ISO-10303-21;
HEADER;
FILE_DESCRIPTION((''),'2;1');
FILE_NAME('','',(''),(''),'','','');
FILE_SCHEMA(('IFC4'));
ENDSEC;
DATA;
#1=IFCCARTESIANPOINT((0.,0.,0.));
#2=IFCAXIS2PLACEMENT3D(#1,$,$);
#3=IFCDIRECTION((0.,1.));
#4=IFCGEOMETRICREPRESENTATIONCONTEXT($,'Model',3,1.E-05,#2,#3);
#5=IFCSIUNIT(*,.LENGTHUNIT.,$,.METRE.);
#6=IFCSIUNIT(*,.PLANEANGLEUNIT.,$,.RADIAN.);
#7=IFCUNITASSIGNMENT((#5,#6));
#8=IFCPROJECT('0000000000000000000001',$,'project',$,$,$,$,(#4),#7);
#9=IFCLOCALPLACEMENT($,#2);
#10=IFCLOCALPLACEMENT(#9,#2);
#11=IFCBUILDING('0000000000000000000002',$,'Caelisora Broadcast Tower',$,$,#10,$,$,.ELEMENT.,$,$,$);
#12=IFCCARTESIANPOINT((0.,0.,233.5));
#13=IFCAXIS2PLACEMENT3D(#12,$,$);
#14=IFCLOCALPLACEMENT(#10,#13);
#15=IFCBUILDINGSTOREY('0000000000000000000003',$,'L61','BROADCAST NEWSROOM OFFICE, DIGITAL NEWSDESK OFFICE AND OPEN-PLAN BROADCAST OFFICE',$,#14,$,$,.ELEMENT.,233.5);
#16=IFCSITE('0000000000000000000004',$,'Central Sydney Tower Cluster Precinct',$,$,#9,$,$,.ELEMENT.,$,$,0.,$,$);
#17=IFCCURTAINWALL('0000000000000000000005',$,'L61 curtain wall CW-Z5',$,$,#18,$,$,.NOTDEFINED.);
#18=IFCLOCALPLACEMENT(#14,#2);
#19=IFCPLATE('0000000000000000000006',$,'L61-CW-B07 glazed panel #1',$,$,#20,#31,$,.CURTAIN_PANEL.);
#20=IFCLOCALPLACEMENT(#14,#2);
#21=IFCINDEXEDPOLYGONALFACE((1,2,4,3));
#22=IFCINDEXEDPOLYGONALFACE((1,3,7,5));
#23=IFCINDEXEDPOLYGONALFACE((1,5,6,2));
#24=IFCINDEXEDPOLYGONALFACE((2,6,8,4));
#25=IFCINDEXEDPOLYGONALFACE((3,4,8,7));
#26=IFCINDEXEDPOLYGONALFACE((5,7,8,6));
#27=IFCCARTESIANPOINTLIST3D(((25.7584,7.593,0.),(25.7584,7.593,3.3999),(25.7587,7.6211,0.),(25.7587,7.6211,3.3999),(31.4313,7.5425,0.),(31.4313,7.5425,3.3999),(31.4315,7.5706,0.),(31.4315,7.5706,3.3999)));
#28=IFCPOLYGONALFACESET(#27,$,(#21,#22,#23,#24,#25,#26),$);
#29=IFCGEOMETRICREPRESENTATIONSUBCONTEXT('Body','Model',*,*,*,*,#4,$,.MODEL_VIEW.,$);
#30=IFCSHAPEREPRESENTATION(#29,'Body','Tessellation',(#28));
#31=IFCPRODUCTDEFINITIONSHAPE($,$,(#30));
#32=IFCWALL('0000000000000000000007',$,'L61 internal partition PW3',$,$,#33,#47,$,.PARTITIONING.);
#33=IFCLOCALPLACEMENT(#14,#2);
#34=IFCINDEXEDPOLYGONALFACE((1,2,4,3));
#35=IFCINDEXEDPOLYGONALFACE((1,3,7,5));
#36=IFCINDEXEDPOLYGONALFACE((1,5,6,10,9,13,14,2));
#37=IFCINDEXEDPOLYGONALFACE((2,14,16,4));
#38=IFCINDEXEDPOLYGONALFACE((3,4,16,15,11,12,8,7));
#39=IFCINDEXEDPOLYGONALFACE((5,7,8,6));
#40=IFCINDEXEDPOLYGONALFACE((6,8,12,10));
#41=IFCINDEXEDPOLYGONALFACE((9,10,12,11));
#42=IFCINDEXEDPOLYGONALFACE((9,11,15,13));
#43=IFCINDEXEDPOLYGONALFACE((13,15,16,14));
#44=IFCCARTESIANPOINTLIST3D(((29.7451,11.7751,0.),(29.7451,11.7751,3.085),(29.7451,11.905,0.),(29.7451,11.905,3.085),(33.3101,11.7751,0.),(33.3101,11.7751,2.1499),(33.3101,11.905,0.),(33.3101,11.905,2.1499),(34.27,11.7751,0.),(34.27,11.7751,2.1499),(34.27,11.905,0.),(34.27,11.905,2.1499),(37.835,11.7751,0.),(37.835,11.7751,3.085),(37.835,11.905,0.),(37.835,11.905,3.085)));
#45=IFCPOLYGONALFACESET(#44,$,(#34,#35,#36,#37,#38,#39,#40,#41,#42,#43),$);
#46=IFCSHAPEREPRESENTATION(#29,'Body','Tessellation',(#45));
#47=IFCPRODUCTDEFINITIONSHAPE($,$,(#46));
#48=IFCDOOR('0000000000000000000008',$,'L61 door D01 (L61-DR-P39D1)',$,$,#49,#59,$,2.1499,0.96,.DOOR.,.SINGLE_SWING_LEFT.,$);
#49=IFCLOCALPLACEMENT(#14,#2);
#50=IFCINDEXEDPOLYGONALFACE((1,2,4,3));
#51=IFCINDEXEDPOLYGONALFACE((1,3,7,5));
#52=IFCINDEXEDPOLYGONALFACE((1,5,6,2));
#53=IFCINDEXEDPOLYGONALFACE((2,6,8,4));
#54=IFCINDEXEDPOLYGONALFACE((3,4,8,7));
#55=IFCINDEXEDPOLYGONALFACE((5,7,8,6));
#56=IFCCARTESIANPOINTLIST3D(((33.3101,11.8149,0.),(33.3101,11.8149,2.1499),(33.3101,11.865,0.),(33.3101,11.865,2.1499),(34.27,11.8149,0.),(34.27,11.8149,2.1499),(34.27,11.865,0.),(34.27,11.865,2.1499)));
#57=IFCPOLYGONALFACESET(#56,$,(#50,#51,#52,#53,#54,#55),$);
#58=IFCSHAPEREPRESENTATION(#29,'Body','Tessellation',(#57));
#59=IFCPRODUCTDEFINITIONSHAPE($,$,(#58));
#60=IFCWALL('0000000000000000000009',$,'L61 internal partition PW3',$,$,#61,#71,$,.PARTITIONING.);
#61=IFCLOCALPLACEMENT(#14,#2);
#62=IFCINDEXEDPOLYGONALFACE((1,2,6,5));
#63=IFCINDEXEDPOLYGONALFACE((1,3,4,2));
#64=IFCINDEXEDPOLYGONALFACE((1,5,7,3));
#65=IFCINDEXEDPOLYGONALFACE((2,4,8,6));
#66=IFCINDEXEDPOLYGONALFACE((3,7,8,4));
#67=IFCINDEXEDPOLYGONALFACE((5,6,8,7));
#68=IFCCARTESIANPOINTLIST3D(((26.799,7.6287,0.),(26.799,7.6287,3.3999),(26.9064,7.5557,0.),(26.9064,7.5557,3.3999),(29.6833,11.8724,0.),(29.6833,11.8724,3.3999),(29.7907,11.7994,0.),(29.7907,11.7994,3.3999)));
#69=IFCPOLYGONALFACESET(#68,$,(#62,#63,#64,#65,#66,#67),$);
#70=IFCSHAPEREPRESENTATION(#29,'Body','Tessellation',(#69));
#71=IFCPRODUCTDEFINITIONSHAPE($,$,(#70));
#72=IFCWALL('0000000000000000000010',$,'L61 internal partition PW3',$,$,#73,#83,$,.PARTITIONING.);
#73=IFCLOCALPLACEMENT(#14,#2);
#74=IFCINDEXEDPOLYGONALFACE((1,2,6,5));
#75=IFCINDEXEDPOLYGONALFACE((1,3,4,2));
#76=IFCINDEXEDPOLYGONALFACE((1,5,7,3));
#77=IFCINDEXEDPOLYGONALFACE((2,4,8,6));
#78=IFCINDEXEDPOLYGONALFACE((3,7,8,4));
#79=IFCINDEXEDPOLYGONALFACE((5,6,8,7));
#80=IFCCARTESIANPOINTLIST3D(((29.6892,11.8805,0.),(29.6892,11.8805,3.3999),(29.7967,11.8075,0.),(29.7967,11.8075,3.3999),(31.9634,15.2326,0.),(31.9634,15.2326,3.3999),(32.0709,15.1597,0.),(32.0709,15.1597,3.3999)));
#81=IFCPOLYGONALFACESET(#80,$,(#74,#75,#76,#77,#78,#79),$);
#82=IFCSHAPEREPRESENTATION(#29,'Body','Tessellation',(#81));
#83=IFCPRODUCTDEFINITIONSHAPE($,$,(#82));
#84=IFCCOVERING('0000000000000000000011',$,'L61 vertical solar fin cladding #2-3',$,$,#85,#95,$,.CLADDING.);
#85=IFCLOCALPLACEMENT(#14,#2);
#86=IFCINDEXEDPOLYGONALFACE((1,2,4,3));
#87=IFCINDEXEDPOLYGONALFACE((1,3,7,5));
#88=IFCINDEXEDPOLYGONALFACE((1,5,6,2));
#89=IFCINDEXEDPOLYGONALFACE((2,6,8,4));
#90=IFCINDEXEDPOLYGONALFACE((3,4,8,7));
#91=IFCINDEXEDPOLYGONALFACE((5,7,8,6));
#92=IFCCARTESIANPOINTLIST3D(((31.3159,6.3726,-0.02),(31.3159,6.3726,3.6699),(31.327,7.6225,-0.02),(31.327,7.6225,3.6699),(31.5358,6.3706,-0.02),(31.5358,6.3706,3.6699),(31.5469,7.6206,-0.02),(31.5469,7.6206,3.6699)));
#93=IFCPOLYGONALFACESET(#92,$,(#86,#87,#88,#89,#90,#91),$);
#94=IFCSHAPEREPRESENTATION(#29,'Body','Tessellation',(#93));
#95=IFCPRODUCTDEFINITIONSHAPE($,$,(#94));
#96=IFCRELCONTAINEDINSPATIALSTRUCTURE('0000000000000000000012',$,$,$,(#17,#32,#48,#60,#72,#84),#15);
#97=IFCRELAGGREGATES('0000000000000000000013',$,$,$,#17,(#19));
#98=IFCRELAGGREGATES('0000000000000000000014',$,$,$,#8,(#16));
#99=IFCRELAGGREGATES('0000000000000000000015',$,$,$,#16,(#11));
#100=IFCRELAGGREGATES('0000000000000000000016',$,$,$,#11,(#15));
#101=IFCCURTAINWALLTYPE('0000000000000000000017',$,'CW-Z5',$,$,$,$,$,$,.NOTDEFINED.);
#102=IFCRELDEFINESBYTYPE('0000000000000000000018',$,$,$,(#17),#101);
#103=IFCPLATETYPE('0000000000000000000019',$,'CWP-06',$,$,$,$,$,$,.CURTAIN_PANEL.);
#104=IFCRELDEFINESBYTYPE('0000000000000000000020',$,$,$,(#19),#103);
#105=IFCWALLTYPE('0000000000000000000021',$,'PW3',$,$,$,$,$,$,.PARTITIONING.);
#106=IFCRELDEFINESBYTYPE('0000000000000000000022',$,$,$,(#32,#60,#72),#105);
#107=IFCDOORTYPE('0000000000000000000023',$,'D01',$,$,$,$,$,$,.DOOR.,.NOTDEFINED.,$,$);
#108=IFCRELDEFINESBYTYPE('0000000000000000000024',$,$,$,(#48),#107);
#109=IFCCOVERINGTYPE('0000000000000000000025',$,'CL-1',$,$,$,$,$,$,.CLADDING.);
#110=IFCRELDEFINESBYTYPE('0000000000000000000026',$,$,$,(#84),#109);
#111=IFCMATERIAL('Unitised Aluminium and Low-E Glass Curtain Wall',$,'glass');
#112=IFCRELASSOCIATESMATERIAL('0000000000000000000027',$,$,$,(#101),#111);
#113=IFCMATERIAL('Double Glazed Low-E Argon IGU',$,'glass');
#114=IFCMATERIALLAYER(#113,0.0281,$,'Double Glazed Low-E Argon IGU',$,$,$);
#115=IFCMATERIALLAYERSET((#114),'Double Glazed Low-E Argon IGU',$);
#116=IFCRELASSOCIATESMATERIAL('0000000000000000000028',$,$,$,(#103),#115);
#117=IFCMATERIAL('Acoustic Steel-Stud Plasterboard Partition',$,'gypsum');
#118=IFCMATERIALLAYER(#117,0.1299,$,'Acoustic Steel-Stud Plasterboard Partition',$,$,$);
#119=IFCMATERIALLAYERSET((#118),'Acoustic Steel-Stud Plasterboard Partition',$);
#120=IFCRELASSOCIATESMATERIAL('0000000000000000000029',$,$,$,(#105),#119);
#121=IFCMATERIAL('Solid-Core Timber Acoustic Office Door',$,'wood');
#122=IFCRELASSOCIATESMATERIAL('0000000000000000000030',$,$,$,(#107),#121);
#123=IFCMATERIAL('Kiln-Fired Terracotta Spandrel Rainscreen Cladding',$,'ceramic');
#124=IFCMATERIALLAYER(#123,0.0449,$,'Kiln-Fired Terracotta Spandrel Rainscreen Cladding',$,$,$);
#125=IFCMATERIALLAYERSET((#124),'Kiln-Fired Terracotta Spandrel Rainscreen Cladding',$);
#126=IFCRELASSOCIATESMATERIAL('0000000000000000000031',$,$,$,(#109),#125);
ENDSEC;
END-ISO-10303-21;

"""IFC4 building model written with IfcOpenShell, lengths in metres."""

from ifc_helpers import new_model, si_unit, direction, frame, frame_2d, origin, origin_2d, place, context, subcontext, project, spatial, rectangle, extrude, source, transform, mapped, material, layer, layer_set, type_object, type_shapes, element, fill, aggregate, save


model = new_model("IFC4")

# Units and contexts
model_context = context("Model", 3, precision=1e-05, world=origin(), true_north=direction((0.0, 1.0)))
body_context = subcontext(model_context, "Body", "Model", "MODEL_VIEW")
ifc_project = project(units=[si_unit("LENGTHUNIT", "METRE"), si_unit("PLANEANGLEUNIT", "RADIAN")], contexts=[model_context])

# Site, building, storey
site_placement = place(None, origin())
site = spatial("IfcSite", under=ifc_project, at=site_placement, Name="Central Sydney Tower Cluster Precinct", CompositionType="ELEMENT", RefElevation=0.0)
building_placement = place(site_placement, origin())
building = spatial("IfcBuilding", under=site, at=building_placement, Name="Caelisora Broadcast Tower", CompositionType="ELEMENT")
storey_placement = place(building_placement, frame((0.0, 0.0, 233.5)))
storey = spatial("IfcBuildingStorey", under=building, at=storey_placement, Name="L61", Description="BROADCAST NEWSROOM OFFICE, DIGITAL NEWSDESK OFFICE AND OPEN-PLAN BROADCAST OFFICE", CompositionType="ELEMENT", Elevation=233.5)

# Curtain wall
ifc_material_1 = material(Name="Unitised Aluminium and Low-E Glass Curtain Wall", Category="glass")
curtain_wall_type_1 = type_object("IfcCurtainWallType", Name="CW-Z5", PredefinedType="NOTDEFINED", material=ifc_material_1)
curtain_wall_1_placement = place(storey_placement, origin())
curtain_wall_1 = element("IfcCurtainWall", 1, at=curtain_wall_1_placement, inside=storey, type_object=curtain_wall_type_1, Name="L61 curtain wall CW-Z5", PredefinedType="NOTDEFINED")

# Plate
ifc_material_2 = material(Name="Double Glazed Low-E Argon IGU", Category="glass")
ifc_layer_1 = layer(ifc_material_2, 0.0281, Name="Double Glazed Low-E Argon IGU")
ifc_layer_set_1 = layer_set([ifc_layer_1], Name="Double Glazed Low-E Argon IGU")
plate_type_1 = type_object("IfcPlateType", Name="CWP-06", PredefinedType="CURTAIN_PANEL", material=ifc_layer_set_1)
shared_shape_1 = source(origin(), body_context, "Body", "SweptSolid", [
    extrude(rectangle(XDim=5.6731, YDim=0.0281, at=origin_2d()), origin(), (0.0, 0.0, 1.0), 3.3999),
])
type_shapes(plate_type_1, [shared_shape_1])
plate_1_placement = place(storey_placement, frame((28.595, 7.5818, 0.0), z_axis=(0.0, 0.0, 1.0), x_axis=(-0.99996, 0.008901, 0.0)))
plate_1 = element("IfcPlate", 2, at=plate_1_placement, type_object=plate_type_1, Name="L61-CW-B07 glazed panel #1", PredefinedType="CURTAIN_PANEL", context=body_context, shape_type="MappedRepresentation", body=[
    mapped(shared_shape_1, transform((0.0, 0.0, 0.0), scale=1.0)),
])
aggregate(curtain_wall_1, [plate_1])

# Wall, opening, door
ifc_material_3 = material(Name="Acoustic Steel-Stud Plasterboard Partition", Category="gypsum")
ifc_layer_2 = layer(ifc_material_3, 0.1299, Name="Acoustic Steel-Stud Plasterboard Partition")
ifc_layer_set_2 = layer_set([ifc_layer_2], Name="Acoustic Steel-Stud Plasterboard Partition")
wall_type = type_object("IfcWallType", Name="PW3", PredefinedType="PARTITIONING", material=ifc_layer_set_2)
wall_1_placement = place(storey_placement, frame((29.7451, 11.8401, 0.0), z_axis=(0.0, 0.0, 1.0), x_axis=(1.0, 0.0, 0.0)))
wall_1 = element("IfcWall", 3, at=wall_1_placement, inside=storey, type_object=wall_type, Name="L61 internal partition PW3", PredefinedType="PARTITIONING", context=body_context, shape_type="SweptSolid", body=[
    extrude(rectangle(XDim=8.0898, YDim=0.1299, at=frame_2d((4.0449, 0.0))), origin(), (0.0, 0.0, 1.0), 3.085),
])
opening_placement = place(wall_1_placement, frame((3.5649, 0.0, 0.0)))
opening = element("IfcOpeningElement", 4, at=opening_placement, cuts=wall_1, PredefinedType="OPENING", context=body_context, shape_type="SweptSolid", body=[
    extrude(rectangle(XDim=0.96, YDim=2.1499, at=frame_2d((0.48, 1.075))), frame((0.0, 0.0769, 0.0), z_axis=(0.0, -1.0, 0.0), x_axis=(1.0, 0.0, 0.0)), (0.0, 0.0, 1.0), 0.1538),
])
ifc_material_4 = material(Name="Solid-Core Timber Acoustic Office Door", Category="wood")
door_type = type_object("IfcDoorType", Name="D01", OperationType="NOTDEFINED", PredefinedType="DOOR", material=ifc_material_4)
door_placement = place(opening_placement, origin())
door = element("IfcDoor", 5, at=door_placement, inside=storey, type_object=door_type, Name="L61 door D01 (L61-DR-P39D1)", OperationType="SINGLE_SWING_LEFT", OverallHeight=2.1499, OverallWidth=0.96, PredefinedType="DOOR", context=body_context, shape_type="SweptSolid", body=[
    extrude(rectangle(XDim=0.96, YDim=2.1499, at=frame_2d((0.48, 1.075))), frame((0.0, 0.0249, 0.0), z_axis=(0.0, -1.0, 0.0), x_axis=(1.0, 0.0, 0.0)), (0.0, 0.0, 1.0), 0.05),
])
fill(opening, door)

# Walls
wall_2_placement = place(storey_placement, frame((26.8528, 7.5923, 0.0), z_axis=(0.0, 0.0, 1.0), x_axis=(0.562123, 0.827054, 0.0)))
element("IfcWall", 6, at=wall_2_placement, inside=storey, type_object=wall_type, Name="L61 internal partition PW3", PredefinedType="PARTITIONING", context=body_context, shape_type="SweptSolid", body=[
    extrude(rectangle(XDim=5.1311, YDim=0.1299, at=frame_2d((2.5654, 0.0))), origin(), (0.0, 0.0, 1.0), 3.3999),
])
wall_3_placement = place(storey_placement, frame((29.7429, 11.844, 0.0), z_axis=(0.0, 0.0, 1.0), x_axis=(0.561428, 0.827526, 0.0)))
element("IfcWall", 7, at=wall_3_placement, inside=storey, type_object=wall_type, Name="L61 internal partition PW3", PredefinedType="PARTITIONING", context=body_context, shape_type="SweptSolid", body=[
    extrude(rectangle(XDim=4.0508, YDim=0.1299, at=frame_2d((2.0254, 0.0))), origin(), (0.0, 0.0, 1.0), 3.3999),
])

# Covering
ifc_material_5 = material(Name="Kiln-Fired Terracotta Spandrel Rainscreen Cladding", Category="ceramic")
ifc_layer_3 = layer(ifc_material_5, 0.0449, Name="Kiln-Fired Terracotta Spandrel Rainscreen Cladding")
ifc_layer_set_3 = layer_set([ifc_layer_3], Name="Kiln-Fired Terracotta Spandrel Rainscreen Cladding")
covering_type = type_object("IfcCoveringType", Name="CL-1", PredefinedType="CLADDING", material=ifc_layer_set_3)
shared_shape_2 = source(origin(), body_context, "Body", "SweptSolid", [
    extrude(rectangle(XDim=0.22, YDim=1.25, at=origin_2d()), origin(), (0.0, 0.0, 1.0), 3.6899),
])
type_shapes(covering_type, [shared_shape_2])
covering_placement = place(storey_placement, frame((31.4314, 6.9966, -0.02), z_axis=(0.0, 0.0, 1.0), x_axis=(-0.99996, 0.008901, 0.0)))
element("IfcCovering", 8, at=covering_placement, inside=storey, type_object=covering_type, Name="L61 vertical solar fin cladding #2-3", PredefinedType="CLADDING", context=body_context, shape_type="MappedRepresentation", body=[
    mapped(shared_shape_2, transform((0.0, 0.0, 0.0), scale=1.0)),
])

save(model, "model.ifc")
